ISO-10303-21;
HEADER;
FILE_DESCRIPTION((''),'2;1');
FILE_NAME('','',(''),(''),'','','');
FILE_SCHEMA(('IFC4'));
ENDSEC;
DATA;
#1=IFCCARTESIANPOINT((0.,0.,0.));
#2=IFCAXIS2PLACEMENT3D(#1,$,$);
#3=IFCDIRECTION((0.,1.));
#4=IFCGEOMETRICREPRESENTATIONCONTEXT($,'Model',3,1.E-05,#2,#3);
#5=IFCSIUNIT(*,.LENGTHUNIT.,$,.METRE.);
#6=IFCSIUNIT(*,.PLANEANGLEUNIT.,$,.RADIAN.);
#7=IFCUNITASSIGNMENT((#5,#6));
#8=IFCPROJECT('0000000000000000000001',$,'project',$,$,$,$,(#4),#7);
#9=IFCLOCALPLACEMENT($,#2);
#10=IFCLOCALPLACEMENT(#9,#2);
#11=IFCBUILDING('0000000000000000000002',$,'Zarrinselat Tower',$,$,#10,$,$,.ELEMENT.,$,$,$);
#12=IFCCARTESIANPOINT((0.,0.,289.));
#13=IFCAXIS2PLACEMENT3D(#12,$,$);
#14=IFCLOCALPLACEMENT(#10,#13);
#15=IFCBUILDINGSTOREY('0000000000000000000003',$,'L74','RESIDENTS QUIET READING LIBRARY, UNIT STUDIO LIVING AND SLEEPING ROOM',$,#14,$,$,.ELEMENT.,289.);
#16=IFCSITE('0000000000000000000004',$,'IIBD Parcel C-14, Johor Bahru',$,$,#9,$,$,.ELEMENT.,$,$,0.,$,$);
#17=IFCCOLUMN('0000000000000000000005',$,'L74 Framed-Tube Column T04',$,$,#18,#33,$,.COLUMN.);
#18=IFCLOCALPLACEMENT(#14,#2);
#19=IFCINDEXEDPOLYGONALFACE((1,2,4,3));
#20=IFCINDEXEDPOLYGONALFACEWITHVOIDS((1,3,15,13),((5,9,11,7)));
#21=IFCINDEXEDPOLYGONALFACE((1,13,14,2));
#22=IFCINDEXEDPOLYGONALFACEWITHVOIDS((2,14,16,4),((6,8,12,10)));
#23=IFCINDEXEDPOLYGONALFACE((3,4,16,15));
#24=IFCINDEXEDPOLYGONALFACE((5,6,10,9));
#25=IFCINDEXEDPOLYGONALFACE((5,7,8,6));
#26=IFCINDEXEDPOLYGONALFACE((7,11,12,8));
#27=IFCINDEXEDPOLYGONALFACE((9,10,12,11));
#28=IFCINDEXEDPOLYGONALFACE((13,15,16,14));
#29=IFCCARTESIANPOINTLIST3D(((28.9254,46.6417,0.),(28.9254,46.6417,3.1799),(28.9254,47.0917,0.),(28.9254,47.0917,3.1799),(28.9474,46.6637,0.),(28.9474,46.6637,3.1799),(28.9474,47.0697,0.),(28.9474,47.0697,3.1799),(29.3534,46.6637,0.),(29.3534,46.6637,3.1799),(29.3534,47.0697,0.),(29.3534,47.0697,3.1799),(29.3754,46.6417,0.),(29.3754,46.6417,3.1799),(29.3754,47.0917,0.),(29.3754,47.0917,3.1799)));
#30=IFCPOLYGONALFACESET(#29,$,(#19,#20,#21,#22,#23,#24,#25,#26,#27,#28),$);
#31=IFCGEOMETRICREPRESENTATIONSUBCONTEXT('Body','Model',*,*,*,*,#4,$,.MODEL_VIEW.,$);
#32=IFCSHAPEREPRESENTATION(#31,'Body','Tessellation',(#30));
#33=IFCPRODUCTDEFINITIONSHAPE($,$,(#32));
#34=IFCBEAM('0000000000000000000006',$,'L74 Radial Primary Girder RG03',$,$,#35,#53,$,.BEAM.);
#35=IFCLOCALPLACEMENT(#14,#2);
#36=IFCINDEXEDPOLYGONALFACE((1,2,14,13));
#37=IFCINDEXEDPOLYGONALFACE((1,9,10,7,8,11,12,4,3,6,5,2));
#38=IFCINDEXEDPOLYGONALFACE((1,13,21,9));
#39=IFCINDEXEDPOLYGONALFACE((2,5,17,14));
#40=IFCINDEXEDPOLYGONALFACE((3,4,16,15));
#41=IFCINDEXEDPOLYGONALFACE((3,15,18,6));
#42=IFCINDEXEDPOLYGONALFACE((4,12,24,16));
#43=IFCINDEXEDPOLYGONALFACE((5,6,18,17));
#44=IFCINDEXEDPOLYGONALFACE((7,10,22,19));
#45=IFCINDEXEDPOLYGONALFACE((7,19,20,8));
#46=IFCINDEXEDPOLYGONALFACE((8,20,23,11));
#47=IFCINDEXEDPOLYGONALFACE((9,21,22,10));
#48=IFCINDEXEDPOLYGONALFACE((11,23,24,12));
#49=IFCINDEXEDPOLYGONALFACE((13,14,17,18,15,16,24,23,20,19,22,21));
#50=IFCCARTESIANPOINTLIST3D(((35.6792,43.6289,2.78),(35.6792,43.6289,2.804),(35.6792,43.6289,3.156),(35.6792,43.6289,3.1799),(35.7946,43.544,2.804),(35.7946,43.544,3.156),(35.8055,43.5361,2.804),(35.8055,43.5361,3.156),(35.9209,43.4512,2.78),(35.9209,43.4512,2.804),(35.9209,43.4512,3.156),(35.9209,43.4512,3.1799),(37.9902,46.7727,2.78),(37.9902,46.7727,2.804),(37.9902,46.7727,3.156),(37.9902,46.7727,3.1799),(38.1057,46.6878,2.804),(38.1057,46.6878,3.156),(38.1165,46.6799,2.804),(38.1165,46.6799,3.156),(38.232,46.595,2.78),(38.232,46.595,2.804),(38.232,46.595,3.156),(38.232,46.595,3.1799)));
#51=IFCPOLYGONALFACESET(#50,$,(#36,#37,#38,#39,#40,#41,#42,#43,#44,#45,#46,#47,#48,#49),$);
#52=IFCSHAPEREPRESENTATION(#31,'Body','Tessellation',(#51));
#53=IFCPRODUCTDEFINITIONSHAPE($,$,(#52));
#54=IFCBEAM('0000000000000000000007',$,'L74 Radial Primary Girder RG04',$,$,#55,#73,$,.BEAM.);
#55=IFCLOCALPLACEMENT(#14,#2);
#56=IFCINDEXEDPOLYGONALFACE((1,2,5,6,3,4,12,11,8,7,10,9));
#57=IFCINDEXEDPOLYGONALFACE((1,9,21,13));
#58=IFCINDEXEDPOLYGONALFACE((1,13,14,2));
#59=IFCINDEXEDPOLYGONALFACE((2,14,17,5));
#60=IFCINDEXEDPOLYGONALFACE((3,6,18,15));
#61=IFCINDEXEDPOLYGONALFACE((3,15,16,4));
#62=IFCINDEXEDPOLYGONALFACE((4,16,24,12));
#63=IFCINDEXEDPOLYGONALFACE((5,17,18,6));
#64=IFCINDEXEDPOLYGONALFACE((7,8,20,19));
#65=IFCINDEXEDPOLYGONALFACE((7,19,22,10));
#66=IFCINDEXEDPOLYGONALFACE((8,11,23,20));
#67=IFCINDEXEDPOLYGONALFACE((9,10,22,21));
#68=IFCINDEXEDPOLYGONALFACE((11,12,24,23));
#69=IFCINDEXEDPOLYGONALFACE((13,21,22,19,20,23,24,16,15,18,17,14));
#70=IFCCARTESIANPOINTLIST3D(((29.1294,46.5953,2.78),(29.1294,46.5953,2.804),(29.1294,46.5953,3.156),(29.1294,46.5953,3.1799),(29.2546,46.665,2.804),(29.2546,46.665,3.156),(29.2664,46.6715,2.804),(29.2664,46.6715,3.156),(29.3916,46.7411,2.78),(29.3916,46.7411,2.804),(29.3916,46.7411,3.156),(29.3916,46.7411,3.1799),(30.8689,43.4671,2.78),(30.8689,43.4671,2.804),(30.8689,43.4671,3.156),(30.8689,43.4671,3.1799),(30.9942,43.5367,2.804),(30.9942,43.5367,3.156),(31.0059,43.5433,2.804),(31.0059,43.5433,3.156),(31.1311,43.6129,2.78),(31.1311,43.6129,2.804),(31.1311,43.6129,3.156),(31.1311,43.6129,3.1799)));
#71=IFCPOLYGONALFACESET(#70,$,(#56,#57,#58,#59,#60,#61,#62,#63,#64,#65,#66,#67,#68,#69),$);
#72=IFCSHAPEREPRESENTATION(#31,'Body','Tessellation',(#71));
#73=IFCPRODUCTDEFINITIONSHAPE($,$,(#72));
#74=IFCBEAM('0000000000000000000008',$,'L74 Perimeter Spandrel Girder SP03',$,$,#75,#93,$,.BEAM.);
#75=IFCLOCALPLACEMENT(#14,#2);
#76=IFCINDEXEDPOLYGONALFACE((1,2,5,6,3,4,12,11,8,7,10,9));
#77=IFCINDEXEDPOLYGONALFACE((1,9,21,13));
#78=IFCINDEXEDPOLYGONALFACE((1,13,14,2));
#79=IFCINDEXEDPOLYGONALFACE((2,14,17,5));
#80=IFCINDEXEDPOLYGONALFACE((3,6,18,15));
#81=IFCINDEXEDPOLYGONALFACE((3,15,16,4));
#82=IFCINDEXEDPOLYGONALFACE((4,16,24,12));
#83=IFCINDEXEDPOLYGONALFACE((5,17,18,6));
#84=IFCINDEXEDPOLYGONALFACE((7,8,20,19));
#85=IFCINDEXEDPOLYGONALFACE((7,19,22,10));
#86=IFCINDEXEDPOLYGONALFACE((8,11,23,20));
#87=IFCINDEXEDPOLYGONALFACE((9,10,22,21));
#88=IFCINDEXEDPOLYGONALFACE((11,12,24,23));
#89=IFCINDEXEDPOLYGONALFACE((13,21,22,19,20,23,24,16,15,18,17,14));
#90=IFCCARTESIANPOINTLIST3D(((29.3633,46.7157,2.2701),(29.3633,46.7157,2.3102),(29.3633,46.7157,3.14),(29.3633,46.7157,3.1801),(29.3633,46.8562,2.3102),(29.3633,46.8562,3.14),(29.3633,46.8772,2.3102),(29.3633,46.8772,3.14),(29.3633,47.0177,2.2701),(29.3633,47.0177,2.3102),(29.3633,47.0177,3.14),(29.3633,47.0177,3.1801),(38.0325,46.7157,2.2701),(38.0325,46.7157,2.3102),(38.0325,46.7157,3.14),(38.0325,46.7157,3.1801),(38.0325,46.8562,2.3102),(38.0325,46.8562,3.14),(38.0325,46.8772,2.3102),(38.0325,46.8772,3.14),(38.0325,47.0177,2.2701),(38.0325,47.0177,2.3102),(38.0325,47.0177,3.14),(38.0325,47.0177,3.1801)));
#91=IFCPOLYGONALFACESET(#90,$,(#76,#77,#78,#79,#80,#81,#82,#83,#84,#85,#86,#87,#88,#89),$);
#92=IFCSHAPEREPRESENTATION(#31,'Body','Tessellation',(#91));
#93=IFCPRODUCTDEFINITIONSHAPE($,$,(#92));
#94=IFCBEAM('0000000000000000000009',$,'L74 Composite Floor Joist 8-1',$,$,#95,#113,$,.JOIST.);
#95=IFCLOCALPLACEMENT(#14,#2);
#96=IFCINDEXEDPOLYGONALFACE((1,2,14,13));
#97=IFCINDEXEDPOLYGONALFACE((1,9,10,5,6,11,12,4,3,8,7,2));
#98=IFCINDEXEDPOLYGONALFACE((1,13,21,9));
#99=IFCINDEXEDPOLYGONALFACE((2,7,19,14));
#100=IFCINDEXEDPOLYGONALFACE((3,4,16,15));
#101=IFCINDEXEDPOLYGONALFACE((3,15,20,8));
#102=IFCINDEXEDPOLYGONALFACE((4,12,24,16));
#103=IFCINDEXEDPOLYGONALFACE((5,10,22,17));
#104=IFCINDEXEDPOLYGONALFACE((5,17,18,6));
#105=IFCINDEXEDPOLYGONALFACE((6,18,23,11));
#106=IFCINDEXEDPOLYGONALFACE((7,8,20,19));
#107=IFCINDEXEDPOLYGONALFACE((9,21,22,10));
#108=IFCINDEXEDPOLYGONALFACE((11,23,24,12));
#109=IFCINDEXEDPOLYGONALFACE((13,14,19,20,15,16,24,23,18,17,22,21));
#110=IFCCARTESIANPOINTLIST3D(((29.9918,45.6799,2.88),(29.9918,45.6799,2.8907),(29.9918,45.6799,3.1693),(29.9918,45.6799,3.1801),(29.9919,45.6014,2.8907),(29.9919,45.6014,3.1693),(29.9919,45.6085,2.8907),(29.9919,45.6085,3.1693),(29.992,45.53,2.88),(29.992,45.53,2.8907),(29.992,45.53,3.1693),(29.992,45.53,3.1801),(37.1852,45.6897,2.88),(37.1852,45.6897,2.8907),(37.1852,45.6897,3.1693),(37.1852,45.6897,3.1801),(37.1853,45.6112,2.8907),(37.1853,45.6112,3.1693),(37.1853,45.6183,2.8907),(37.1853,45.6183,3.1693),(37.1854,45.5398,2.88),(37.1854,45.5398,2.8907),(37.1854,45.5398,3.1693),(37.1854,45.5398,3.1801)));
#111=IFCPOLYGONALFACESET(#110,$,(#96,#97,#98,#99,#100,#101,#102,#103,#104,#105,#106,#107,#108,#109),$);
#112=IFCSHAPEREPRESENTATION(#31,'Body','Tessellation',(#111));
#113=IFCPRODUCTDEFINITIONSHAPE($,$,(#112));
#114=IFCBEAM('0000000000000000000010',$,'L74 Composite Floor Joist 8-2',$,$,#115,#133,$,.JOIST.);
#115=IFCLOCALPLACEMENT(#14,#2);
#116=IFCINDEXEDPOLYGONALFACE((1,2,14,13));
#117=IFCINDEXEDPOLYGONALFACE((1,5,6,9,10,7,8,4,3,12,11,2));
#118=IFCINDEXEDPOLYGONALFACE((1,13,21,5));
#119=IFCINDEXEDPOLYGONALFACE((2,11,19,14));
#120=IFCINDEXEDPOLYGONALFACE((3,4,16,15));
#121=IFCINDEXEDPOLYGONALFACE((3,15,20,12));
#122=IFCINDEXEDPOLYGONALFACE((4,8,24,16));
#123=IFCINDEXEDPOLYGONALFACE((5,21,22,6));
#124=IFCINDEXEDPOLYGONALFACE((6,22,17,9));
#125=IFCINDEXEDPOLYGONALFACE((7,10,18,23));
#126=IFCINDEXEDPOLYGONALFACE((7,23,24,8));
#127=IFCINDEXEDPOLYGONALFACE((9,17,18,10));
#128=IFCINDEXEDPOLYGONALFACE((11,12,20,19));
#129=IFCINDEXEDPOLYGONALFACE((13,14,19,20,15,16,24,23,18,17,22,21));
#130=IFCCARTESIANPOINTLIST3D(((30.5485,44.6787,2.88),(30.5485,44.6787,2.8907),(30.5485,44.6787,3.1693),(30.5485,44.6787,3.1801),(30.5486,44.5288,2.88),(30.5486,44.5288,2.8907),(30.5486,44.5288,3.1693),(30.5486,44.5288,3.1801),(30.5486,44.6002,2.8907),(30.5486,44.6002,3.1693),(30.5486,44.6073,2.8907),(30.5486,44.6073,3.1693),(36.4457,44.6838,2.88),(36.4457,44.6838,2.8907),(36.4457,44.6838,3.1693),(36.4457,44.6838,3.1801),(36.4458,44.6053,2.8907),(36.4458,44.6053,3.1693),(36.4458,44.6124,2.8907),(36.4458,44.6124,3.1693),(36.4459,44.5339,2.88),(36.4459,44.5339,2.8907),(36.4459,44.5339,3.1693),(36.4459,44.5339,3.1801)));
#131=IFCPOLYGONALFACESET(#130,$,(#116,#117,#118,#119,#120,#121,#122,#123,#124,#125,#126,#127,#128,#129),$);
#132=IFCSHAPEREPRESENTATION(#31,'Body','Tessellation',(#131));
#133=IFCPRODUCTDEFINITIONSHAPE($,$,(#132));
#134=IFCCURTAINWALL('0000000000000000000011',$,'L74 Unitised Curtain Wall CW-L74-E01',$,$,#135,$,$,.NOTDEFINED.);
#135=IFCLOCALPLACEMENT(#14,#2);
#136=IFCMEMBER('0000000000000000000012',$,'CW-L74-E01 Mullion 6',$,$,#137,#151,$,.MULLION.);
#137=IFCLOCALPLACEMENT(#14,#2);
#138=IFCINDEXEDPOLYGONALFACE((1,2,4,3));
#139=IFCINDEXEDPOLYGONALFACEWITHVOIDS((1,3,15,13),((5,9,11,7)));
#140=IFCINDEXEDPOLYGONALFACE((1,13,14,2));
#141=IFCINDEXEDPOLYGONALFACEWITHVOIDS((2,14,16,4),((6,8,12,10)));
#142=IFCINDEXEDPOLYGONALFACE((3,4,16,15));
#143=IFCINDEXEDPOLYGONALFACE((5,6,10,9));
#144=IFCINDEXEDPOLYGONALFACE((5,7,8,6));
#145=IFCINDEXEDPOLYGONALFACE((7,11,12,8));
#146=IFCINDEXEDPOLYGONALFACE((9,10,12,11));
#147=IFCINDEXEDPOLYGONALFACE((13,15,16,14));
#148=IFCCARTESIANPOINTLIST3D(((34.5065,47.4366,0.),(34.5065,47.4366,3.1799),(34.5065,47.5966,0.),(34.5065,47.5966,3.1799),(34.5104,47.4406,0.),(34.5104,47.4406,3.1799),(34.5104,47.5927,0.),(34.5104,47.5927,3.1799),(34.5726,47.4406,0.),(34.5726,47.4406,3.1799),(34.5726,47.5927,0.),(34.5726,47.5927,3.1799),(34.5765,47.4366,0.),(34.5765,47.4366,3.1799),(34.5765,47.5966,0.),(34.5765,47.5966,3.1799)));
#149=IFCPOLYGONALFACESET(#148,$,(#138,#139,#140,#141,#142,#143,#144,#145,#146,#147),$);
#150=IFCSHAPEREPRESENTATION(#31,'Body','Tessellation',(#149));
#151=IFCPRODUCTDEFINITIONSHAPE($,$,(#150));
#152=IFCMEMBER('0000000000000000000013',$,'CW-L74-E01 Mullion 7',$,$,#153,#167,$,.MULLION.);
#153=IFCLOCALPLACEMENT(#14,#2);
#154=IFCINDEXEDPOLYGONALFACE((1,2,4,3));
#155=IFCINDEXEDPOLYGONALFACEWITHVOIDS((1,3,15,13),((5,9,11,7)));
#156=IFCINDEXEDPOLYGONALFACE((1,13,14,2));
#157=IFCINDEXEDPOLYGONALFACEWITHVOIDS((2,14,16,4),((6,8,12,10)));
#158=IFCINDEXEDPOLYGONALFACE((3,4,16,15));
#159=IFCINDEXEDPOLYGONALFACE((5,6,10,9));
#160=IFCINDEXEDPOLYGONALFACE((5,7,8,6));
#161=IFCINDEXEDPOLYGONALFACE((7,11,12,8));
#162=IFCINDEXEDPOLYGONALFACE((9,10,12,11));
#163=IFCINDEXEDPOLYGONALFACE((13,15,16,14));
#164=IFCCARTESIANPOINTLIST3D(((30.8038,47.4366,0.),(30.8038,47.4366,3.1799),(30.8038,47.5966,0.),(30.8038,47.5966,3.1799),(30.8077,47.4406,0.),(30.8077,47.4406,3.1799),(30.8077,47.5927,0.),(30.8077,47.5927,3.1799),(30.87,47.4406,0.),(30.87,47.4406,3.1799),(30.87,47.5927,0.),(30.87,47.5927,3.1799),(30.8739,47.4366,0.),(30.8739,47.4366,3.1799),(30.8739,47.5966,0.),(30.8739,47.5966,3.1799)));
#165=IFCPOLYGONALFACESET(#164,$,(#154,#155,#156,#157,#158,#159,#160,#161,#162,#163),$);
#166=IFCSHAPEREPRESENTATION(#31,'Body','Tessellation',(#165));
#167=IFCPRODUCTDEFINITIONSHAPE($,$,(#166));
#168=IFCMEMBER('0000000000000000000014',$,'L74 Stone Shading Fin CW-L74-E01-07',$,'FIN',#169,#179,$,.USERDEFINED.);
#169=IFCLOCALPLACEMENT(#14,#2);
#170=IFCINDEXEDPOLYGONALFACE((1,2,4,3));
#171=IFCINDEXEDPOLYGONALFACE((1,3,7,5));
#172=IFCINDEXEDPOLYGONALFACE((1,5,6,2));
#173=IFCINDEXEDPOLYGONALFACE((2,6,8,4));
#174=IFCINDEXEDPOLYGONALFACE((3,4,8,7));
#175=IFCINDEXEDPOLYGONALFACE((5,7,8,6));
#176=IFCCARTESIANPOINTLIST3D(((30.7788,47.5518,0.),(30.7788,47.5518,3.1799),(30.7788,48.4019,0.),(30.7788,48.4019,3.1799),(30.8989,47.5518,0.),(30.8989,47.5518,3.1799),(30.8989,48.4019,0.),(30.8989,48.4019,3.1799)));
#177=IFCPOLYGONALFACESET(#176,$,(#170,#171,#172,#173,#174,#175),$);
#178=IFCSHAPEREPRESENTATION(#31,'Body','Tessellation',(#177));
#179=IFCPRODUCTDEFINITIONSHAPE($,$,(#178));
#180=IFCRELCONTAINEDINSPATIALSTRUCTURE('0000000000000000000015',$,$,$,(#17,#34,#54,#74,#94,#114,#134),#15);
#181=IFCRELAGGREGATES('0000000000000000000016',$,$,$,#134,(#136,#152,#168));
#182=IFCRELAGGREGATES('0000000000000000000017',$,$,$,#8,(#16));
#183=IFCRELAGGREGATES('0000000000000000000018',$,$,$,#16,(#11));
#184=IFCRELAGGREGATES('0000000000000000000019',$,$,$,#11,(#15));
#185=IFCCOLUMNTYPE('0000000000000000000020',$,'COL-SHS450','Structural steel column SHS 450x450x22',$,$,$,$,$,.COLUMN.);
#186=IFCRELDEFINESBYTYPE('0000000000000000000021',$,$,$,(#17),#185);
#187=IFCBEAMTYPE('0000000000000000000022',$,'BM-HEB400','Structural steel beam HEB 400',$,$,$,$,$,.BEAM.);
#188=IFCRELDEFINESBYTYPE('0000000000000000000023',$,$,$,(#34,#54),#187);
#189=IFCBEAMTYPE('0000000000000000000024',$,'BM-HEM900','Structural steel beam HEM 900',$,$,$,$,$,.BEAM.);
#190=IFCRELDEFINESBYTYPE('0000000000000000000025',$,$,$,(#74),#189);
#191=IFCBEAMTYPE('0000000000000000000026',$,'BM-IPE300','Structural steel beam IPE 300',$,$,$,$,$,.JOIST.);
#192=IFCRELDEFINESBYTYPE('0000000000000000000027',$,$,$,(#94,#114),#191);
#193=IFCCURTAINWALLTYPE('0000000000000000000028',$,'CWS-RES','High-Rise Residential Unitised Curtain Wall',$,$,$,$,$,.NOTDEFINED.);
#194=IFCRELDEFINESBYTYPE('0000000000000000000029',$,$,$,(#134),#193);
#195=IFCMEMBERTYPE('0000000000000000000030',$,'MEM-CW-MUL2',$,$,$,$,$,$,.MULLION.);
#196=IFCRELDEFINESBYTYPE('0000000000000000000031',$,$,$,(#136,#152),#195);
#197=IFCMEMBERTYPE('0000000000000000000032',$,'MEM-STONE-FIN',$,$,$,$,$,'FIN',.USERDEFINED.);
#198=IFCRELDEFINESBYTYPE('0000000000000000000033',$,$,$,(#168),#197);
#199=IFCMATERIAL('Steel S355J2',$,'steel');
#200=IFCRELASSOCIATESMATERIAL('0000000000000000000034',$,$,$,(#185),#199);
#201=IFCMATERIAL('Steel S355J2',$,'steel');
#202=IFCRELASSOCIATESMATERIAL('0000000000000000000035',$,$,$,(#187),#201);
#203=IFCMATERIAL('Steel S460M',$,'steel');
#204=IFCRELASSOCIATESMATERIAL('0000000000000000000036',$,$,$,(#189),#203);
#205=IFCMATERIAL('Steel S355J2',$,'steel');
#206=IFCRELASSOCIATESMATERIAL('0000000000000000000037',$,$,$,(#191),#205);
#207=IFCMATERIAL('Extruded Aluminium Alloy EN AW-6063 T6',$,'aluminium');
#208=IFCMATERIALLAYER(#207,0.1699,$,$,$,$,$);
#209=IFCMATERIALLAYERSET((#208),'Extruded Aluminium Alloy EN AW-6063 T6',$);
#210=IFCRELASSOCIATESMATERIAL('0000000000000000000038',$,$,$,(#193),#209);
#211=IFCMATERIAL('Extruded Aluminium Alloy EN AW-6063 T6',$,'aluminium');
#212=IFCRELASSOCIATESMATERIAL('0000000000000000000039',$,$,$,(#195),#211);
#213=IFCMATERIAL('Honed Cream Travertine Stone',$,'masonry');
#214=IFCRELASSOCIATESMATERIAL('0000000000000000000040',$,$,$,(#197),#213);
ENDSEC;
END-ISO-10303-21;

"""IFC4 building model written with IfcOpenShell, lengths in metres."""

from ifc_helpers import new_model, si_unit, direction, frame, origin, origin_2d, place, context, subcontext, project, spatial, rectangle, hollow_rectangle, i_section, extrude, material, layer, layer_set, material_profile, profile_set, type_object, element, aggregate, save


model = new_model("IFC4")

# Units and contexts
model_context = context("Model", 3, precision=1e-05, world=origin(), true_north=direction((0.0, 1.0)))
body_context = subcontext(model_context, "Body", "Model", "MODEL_VIEW")
ifc_project = project(units=[si_unit("LENGTHUNIT", "METRE"), si_unit("PLANEANGLEUNIT", "RADIAN")], contexts=[model_context])

# Site, building, storey
site_placement = place(None, origin())
site = spatial("IfcSite", under=ifc_project, at=site_placement, Name="IIBD Parcel C-14, Johor Bahru", CompositionType="ELEMENT", RefElevation=0.0)
building_placement = place(site_placement, origin())
building = spatial("IfcBuilding", under=site, at=building_placement, Name="Zarrinselat Tower", CompositionType="ELEMENT")
storey_placement = place(building_placement, frame((0.0, 0.0, 289.0)))
storey = spatial("IfcBuildingStorey", under=building, at=storey_placement, Name="L74", Description="RESIDENTS QUIET READING LIBRARY, UNIT STUDIO LIVING AND SLEEPING ROOM", CompositionType="ELEMENT", Elevation=289.0)

# Column
ifc_material_1 = material(Name="Steel S355J2", Category="steel")
ifc_material_profile_1 = material_profile(ifc_material_1, hollow_rectangle(XDim=0.45, YDim=0.45, WallThickness=0.022, at=origin_2d()), Name="SHS 450x450x22")
ifc_profile_set_1 = profile_set([ifc_material_profile_1], Name="Steel S355J2")
column_type = type_object("IfcColumnType", Name="COL-SHS450", Description="Structural steel column SHS 450x450x22", PredefinedType="COLUMN", material=ifc_profile_set_1)
column_placement = place(storey_placement, frame((29.1504, 46.8667, 0.0), z_axis=(0.0, 0.0, 1.0), x_axis=(1.0, 0.0, 0.0)))
element("IfcColumn", 1, at=column_placement, inside=storey, type_object=column_type, Name="L74 Framed-Tube Column T04", PredefinedType="COLUMN", context=body_context, shape_type="SweptSolid", body=[
    extrude(hollow_rectangle(XDim=0.45, YDim=0.45, WallThickness=0.022, at=origin_2d()), origin(), (0.0, 0.0, 1.0), 3.1799),
])

# Beams
ifc_material_2 = material(Name="Steel S355J2", Category="steel")
ifc_material_profile_2 = material_profile(ifc_material_2, i_section(OverallWidth=0.3, OverallDepth=0.3999, WebThickness=0.0134, FlangeThickness=0.0239, at=origin_2d()), Name="HEB 400")
ifc_profile_set_2 = profile_set([ifc_material_profile_2], Name="Steel S355J2")
beam_type_1 = type_object("IfcBeamType", Name="BM-HEB400", Description="Structural steel beam HEB 400", PredefinedType="BEAM", material=ifc_profile_set_2)
beam_1_placement = place(storey_placement, frame((35.8, 43.54, 2.98), z_axis=(0.592294, 0.805722, 0.0), x_axis=(-0.805722, 0.592294, 0.0)))
element("IfcBeam", 2, at=beam_1_placement, inside=storey, type_object=beam_type_1, Name="L74 Radial Primary Girder RG03", PredefinedType="BEAM", context=body_context, shape_type="SweptSolid", body=[
    extrude(i_section(OverallWidth=0.3, OverallDepth=0.3999, WebThickness=0.0134, FlangeThickness=0.0239, at=origin_2d()), origin(), (0.0, 0.0, 1.0), 3.9019),
])
beam_2_placement = place(storey_placement, frame((29.2605, 46.6682, 2.98), z_axis=(0.48599, -0.873964, 0.0), x_axis=(0.873964, 0.48599, 0.0)))
element("IfcBeam", 3, at=beam_2_placement, inside=storey, type_object=beam_type_1, Name="L74 Radial Primary Girder RG04", PredefinedType="BEAM", context=body_context, shape_type="SweptSolid", body=[
    extrude(i_section(OverallWidth=0.3, OverallDepth=0.3999, WebThickness=0.0134, FlangeThickness=0.0239, at=origin_2d()), origin(), (0.0, 0.0, 1.0), 3.5793),
])
ifc_material_3 = material(Name="Steel S460M", Category="steel")
ifc_material_profile_3 = material_profile(ifc_material_3, i_section(OverallWidth=0.302, OverallDepth=0.9099, WebThickness=0.021, FlangeThickness=0.04, at=origin_2d()), Name="HEM 900")
ifc_profile_set_3 = profile_set([ifc_material_profile_3], Name="Steel S460M")
beam_type_2 = type_object("IfcBeamType", Name="BM-HEM900", Description="Structural steel beam HEM 900", PredefinedType="BEAM", material=ifc_profile_set_3)
beam_3_placement = place(storey_placement, frame((29.3633, 46.8667, 2.7251), z_axis=(1.0, 0.0, 0.0), x_axis=(0.0, 1.0, 0.0)))
element("IfcBeam", 4, at=beam_3_placement, inside=storey, type_object=beam_type_2, Name="L74 Perimeter Spandrel Girder SP03", PredefinedType="BEAM", context=body_context, shape_type="SweptSolid", body=[
    extrude(i_section(OverallWidth=0.302, OverallDepth=0.9099, WebThickness=0.021, FlangeThickness=0.04, at=origin_2d()), origin(), (0.0, 0.0, 1.0), 8.6692),
])
ifc_material_4 = material(Name="Steel S355J2", Category="steel")
ifc_material_profile_4 = material_profile(ifc_material_4, i_section(OverallWidth=0.1499, OverallDepth=0.3, WebThickness=0.0071, FlangeThickness=0.0107, at=origin_2d()), Name="IPE 300")
ifc_profile_set_4 = profile_set([ifc_material_profile_4], Name="Steel S355J2")
beam_type_3 = type_object("IfcBeamType", Name="BM-IPE300", Description="Structural steel beam IPE 300", PredefinedType="JOIST", material=ifc_profile_set_4)
beam_4_placement = place(storey_placement, frame((29.9919, 45.605, 3.03), z_axis=(0.999999, 0.001358, 0.0), x_axis=(-0.001358, 0.999999, 0.0)))
element("IfcBeam", 5, at=beam_4_placement, inside=storey, type_object=beam_type_3, Name="L74 Composite Floor Joist 8-1", PredefinedType="JOIST", context=body_context, shape_type="SweptSolid", body=[
    extrude(i_section(OverallWidth=0.1499, OverallDepth=0.3, WebThickness=0.0071, FlangeThickness=0.0107, at=origin_2d()), origin(), (0.0, 0.0, 1.0), 7.1934),
])
beam_5_placement = place(storey_placement, frame((30.5486, 44.6038, 3.03), z_axis=(1.0, 0.000869, 0.0), x_axis=(-0.000869, 1.0, 0.0)))
element("IfcBeam", 6, at=beam_5_placement, inside=storey, type_object=beam_type_3, Name="L74 Composite Floor Joist 8-2", PredefinedType="JOIST", context=body_context, shape_type="SweptSolid", body=[
    extrude(i_section(OverallWidth=0.1499, OverallDepth=0.3, WebThickness=0.0071, FlangeThickness=0.0107, at=origin_2d()), origin(), (0.0, 0.0, 1.0), 5.8972),
])

# Curtain wall, members
ifc_material_5 = material(Name="Extruded Aluminium Alloy EN AW-6063 T6", Category="aluminium")
ifc_layer_1 = layer(ifc_material_5, 0.1699)
ifc_layer_set_1 = layer_set([ifc_layer_1], Name="Extruded Aluminium Alloy EN AW-6063 T6")
curtain_wall_type = type_object("IfcCurtainWallType", Name="CWS-RES", Description="High-Rise Residential Unitised Curtain Wall", PredefinedType="NOTDEFINED", material=ifc_layer_set_1)
curtain_wall_placement = place(storey_placement, origin())
curtain_wall = element("IfcCurtainWall", 7, at=curtain_wall_placement, inside=storey, type_object=curtain_wall_type, Name="L74 Unitised Curtain Wall CW-L74-E01", PredefinedType="NOTDEFINED")
ifc_material_6 = material(Name="Extruded Aluminium Alloy EN AW-6063 T6", Category="aluminium")
ifc_material_profile_5 = material_profile(ifc_material_6, hollow_rectangle(XDim=0.0701, YDim=0.1599, WallThickness=0.0039, at=origin_2d()), Name="RHS 160x70x4")
ifc_profile_set_5 = profile_set([ifc_material_profile_5], Name="Extruded Aluminium Alloy EN AW-6063 T6")
member_type_1 = type_object("IfcMemberType", Name="MEM-CW-MUL2", PredefinedType="MULLION", material=ifc_profile_set_5)
member_1_placement = place(storey_placement, frame((34.5415, 47.5166, 0.0), z_axis=(0.0, 0.0, 1.0), x_axis=(-1.0, 0.0, 0.0)))
member_1 = element("IfcMember", 8, at=member_1_placement, type_object=member_type_1, Name="CW-L74-E01 Mullion 6", PredefinedType="MULLION", context=body_context, shape_type="SweptSolid", body=[
    extrude(hollow_rectangle(XDim=0.0701, YDim=0.1599, WallThickness=0.0039, at=origin_2d()), origin(), (0.0, 0.0, 1.0), 3.1799),
])
member_2_placement = place(storey_placement, frame((30.8389, 47.5166, 0.0), z_axis=(0.0, 0.0, 1.0), x_axis=(-1.0, 0.0, 0.0)))
member_2 = element("IfcMember", 9, at=member_2_placement, type_object=member_type_1, Name="CW-L74-E01 Mullion 7", PredefinedType="MULLION", context=body_context, shape_type="SweptSolid", body=[
    extrude(hollow_rectangle(XDim=0.0701, YDim=0.1599, WallThickness=0.0039, at=origin_2d()), origin(), (0.0, 0.0, 1.0), 3.1799),
])
ifc_material_7 = material(Name="Honed Cream Travertine Stone", Category="masonry")
ifc_material_profile_6 = material_profile(ifc_material_7, rectangle(XDim=0.1201, YDim=0.8501, at=origin_2d()), Name="FIN 850x120")
ifc_profile_set_6 = profile_set([ifc_material_profile_6], Name="Honed Cream Travertine Stone")
member_type_2 = type_object("IfcMemberType", Name="MEM-STONE-FIN", ElementType="FIN", PredefinedType="USERDEFINED", material=ifc_profile_set_6)
member_3_placement = place(storey_placement, frame((30.8389, 47.9768, 0.0), z_axis=(0.0, 0.0, 1.0), x_axis=(1.0, 0.0, 0.0)))
member_3 = element("IfcMember", 10, at=member_3_placement, type_object=member_type_2, Name="L74 Stone Shading Fin CW-L74-E01-07", ObjectType="FIN", PredefinedType="USERDEFINED", context=body_context, shape_type="SweptSolid", body=[
    extrude(rectangle(XDim=0.1201, YDim=0.8501, at=origin_2d()), origin(), (0.0, 0.0, 1.0), 3.1799),
])
aggregate(curtain_wall, [member_1, member_2, member_3])

save(model, "model.ifc")
